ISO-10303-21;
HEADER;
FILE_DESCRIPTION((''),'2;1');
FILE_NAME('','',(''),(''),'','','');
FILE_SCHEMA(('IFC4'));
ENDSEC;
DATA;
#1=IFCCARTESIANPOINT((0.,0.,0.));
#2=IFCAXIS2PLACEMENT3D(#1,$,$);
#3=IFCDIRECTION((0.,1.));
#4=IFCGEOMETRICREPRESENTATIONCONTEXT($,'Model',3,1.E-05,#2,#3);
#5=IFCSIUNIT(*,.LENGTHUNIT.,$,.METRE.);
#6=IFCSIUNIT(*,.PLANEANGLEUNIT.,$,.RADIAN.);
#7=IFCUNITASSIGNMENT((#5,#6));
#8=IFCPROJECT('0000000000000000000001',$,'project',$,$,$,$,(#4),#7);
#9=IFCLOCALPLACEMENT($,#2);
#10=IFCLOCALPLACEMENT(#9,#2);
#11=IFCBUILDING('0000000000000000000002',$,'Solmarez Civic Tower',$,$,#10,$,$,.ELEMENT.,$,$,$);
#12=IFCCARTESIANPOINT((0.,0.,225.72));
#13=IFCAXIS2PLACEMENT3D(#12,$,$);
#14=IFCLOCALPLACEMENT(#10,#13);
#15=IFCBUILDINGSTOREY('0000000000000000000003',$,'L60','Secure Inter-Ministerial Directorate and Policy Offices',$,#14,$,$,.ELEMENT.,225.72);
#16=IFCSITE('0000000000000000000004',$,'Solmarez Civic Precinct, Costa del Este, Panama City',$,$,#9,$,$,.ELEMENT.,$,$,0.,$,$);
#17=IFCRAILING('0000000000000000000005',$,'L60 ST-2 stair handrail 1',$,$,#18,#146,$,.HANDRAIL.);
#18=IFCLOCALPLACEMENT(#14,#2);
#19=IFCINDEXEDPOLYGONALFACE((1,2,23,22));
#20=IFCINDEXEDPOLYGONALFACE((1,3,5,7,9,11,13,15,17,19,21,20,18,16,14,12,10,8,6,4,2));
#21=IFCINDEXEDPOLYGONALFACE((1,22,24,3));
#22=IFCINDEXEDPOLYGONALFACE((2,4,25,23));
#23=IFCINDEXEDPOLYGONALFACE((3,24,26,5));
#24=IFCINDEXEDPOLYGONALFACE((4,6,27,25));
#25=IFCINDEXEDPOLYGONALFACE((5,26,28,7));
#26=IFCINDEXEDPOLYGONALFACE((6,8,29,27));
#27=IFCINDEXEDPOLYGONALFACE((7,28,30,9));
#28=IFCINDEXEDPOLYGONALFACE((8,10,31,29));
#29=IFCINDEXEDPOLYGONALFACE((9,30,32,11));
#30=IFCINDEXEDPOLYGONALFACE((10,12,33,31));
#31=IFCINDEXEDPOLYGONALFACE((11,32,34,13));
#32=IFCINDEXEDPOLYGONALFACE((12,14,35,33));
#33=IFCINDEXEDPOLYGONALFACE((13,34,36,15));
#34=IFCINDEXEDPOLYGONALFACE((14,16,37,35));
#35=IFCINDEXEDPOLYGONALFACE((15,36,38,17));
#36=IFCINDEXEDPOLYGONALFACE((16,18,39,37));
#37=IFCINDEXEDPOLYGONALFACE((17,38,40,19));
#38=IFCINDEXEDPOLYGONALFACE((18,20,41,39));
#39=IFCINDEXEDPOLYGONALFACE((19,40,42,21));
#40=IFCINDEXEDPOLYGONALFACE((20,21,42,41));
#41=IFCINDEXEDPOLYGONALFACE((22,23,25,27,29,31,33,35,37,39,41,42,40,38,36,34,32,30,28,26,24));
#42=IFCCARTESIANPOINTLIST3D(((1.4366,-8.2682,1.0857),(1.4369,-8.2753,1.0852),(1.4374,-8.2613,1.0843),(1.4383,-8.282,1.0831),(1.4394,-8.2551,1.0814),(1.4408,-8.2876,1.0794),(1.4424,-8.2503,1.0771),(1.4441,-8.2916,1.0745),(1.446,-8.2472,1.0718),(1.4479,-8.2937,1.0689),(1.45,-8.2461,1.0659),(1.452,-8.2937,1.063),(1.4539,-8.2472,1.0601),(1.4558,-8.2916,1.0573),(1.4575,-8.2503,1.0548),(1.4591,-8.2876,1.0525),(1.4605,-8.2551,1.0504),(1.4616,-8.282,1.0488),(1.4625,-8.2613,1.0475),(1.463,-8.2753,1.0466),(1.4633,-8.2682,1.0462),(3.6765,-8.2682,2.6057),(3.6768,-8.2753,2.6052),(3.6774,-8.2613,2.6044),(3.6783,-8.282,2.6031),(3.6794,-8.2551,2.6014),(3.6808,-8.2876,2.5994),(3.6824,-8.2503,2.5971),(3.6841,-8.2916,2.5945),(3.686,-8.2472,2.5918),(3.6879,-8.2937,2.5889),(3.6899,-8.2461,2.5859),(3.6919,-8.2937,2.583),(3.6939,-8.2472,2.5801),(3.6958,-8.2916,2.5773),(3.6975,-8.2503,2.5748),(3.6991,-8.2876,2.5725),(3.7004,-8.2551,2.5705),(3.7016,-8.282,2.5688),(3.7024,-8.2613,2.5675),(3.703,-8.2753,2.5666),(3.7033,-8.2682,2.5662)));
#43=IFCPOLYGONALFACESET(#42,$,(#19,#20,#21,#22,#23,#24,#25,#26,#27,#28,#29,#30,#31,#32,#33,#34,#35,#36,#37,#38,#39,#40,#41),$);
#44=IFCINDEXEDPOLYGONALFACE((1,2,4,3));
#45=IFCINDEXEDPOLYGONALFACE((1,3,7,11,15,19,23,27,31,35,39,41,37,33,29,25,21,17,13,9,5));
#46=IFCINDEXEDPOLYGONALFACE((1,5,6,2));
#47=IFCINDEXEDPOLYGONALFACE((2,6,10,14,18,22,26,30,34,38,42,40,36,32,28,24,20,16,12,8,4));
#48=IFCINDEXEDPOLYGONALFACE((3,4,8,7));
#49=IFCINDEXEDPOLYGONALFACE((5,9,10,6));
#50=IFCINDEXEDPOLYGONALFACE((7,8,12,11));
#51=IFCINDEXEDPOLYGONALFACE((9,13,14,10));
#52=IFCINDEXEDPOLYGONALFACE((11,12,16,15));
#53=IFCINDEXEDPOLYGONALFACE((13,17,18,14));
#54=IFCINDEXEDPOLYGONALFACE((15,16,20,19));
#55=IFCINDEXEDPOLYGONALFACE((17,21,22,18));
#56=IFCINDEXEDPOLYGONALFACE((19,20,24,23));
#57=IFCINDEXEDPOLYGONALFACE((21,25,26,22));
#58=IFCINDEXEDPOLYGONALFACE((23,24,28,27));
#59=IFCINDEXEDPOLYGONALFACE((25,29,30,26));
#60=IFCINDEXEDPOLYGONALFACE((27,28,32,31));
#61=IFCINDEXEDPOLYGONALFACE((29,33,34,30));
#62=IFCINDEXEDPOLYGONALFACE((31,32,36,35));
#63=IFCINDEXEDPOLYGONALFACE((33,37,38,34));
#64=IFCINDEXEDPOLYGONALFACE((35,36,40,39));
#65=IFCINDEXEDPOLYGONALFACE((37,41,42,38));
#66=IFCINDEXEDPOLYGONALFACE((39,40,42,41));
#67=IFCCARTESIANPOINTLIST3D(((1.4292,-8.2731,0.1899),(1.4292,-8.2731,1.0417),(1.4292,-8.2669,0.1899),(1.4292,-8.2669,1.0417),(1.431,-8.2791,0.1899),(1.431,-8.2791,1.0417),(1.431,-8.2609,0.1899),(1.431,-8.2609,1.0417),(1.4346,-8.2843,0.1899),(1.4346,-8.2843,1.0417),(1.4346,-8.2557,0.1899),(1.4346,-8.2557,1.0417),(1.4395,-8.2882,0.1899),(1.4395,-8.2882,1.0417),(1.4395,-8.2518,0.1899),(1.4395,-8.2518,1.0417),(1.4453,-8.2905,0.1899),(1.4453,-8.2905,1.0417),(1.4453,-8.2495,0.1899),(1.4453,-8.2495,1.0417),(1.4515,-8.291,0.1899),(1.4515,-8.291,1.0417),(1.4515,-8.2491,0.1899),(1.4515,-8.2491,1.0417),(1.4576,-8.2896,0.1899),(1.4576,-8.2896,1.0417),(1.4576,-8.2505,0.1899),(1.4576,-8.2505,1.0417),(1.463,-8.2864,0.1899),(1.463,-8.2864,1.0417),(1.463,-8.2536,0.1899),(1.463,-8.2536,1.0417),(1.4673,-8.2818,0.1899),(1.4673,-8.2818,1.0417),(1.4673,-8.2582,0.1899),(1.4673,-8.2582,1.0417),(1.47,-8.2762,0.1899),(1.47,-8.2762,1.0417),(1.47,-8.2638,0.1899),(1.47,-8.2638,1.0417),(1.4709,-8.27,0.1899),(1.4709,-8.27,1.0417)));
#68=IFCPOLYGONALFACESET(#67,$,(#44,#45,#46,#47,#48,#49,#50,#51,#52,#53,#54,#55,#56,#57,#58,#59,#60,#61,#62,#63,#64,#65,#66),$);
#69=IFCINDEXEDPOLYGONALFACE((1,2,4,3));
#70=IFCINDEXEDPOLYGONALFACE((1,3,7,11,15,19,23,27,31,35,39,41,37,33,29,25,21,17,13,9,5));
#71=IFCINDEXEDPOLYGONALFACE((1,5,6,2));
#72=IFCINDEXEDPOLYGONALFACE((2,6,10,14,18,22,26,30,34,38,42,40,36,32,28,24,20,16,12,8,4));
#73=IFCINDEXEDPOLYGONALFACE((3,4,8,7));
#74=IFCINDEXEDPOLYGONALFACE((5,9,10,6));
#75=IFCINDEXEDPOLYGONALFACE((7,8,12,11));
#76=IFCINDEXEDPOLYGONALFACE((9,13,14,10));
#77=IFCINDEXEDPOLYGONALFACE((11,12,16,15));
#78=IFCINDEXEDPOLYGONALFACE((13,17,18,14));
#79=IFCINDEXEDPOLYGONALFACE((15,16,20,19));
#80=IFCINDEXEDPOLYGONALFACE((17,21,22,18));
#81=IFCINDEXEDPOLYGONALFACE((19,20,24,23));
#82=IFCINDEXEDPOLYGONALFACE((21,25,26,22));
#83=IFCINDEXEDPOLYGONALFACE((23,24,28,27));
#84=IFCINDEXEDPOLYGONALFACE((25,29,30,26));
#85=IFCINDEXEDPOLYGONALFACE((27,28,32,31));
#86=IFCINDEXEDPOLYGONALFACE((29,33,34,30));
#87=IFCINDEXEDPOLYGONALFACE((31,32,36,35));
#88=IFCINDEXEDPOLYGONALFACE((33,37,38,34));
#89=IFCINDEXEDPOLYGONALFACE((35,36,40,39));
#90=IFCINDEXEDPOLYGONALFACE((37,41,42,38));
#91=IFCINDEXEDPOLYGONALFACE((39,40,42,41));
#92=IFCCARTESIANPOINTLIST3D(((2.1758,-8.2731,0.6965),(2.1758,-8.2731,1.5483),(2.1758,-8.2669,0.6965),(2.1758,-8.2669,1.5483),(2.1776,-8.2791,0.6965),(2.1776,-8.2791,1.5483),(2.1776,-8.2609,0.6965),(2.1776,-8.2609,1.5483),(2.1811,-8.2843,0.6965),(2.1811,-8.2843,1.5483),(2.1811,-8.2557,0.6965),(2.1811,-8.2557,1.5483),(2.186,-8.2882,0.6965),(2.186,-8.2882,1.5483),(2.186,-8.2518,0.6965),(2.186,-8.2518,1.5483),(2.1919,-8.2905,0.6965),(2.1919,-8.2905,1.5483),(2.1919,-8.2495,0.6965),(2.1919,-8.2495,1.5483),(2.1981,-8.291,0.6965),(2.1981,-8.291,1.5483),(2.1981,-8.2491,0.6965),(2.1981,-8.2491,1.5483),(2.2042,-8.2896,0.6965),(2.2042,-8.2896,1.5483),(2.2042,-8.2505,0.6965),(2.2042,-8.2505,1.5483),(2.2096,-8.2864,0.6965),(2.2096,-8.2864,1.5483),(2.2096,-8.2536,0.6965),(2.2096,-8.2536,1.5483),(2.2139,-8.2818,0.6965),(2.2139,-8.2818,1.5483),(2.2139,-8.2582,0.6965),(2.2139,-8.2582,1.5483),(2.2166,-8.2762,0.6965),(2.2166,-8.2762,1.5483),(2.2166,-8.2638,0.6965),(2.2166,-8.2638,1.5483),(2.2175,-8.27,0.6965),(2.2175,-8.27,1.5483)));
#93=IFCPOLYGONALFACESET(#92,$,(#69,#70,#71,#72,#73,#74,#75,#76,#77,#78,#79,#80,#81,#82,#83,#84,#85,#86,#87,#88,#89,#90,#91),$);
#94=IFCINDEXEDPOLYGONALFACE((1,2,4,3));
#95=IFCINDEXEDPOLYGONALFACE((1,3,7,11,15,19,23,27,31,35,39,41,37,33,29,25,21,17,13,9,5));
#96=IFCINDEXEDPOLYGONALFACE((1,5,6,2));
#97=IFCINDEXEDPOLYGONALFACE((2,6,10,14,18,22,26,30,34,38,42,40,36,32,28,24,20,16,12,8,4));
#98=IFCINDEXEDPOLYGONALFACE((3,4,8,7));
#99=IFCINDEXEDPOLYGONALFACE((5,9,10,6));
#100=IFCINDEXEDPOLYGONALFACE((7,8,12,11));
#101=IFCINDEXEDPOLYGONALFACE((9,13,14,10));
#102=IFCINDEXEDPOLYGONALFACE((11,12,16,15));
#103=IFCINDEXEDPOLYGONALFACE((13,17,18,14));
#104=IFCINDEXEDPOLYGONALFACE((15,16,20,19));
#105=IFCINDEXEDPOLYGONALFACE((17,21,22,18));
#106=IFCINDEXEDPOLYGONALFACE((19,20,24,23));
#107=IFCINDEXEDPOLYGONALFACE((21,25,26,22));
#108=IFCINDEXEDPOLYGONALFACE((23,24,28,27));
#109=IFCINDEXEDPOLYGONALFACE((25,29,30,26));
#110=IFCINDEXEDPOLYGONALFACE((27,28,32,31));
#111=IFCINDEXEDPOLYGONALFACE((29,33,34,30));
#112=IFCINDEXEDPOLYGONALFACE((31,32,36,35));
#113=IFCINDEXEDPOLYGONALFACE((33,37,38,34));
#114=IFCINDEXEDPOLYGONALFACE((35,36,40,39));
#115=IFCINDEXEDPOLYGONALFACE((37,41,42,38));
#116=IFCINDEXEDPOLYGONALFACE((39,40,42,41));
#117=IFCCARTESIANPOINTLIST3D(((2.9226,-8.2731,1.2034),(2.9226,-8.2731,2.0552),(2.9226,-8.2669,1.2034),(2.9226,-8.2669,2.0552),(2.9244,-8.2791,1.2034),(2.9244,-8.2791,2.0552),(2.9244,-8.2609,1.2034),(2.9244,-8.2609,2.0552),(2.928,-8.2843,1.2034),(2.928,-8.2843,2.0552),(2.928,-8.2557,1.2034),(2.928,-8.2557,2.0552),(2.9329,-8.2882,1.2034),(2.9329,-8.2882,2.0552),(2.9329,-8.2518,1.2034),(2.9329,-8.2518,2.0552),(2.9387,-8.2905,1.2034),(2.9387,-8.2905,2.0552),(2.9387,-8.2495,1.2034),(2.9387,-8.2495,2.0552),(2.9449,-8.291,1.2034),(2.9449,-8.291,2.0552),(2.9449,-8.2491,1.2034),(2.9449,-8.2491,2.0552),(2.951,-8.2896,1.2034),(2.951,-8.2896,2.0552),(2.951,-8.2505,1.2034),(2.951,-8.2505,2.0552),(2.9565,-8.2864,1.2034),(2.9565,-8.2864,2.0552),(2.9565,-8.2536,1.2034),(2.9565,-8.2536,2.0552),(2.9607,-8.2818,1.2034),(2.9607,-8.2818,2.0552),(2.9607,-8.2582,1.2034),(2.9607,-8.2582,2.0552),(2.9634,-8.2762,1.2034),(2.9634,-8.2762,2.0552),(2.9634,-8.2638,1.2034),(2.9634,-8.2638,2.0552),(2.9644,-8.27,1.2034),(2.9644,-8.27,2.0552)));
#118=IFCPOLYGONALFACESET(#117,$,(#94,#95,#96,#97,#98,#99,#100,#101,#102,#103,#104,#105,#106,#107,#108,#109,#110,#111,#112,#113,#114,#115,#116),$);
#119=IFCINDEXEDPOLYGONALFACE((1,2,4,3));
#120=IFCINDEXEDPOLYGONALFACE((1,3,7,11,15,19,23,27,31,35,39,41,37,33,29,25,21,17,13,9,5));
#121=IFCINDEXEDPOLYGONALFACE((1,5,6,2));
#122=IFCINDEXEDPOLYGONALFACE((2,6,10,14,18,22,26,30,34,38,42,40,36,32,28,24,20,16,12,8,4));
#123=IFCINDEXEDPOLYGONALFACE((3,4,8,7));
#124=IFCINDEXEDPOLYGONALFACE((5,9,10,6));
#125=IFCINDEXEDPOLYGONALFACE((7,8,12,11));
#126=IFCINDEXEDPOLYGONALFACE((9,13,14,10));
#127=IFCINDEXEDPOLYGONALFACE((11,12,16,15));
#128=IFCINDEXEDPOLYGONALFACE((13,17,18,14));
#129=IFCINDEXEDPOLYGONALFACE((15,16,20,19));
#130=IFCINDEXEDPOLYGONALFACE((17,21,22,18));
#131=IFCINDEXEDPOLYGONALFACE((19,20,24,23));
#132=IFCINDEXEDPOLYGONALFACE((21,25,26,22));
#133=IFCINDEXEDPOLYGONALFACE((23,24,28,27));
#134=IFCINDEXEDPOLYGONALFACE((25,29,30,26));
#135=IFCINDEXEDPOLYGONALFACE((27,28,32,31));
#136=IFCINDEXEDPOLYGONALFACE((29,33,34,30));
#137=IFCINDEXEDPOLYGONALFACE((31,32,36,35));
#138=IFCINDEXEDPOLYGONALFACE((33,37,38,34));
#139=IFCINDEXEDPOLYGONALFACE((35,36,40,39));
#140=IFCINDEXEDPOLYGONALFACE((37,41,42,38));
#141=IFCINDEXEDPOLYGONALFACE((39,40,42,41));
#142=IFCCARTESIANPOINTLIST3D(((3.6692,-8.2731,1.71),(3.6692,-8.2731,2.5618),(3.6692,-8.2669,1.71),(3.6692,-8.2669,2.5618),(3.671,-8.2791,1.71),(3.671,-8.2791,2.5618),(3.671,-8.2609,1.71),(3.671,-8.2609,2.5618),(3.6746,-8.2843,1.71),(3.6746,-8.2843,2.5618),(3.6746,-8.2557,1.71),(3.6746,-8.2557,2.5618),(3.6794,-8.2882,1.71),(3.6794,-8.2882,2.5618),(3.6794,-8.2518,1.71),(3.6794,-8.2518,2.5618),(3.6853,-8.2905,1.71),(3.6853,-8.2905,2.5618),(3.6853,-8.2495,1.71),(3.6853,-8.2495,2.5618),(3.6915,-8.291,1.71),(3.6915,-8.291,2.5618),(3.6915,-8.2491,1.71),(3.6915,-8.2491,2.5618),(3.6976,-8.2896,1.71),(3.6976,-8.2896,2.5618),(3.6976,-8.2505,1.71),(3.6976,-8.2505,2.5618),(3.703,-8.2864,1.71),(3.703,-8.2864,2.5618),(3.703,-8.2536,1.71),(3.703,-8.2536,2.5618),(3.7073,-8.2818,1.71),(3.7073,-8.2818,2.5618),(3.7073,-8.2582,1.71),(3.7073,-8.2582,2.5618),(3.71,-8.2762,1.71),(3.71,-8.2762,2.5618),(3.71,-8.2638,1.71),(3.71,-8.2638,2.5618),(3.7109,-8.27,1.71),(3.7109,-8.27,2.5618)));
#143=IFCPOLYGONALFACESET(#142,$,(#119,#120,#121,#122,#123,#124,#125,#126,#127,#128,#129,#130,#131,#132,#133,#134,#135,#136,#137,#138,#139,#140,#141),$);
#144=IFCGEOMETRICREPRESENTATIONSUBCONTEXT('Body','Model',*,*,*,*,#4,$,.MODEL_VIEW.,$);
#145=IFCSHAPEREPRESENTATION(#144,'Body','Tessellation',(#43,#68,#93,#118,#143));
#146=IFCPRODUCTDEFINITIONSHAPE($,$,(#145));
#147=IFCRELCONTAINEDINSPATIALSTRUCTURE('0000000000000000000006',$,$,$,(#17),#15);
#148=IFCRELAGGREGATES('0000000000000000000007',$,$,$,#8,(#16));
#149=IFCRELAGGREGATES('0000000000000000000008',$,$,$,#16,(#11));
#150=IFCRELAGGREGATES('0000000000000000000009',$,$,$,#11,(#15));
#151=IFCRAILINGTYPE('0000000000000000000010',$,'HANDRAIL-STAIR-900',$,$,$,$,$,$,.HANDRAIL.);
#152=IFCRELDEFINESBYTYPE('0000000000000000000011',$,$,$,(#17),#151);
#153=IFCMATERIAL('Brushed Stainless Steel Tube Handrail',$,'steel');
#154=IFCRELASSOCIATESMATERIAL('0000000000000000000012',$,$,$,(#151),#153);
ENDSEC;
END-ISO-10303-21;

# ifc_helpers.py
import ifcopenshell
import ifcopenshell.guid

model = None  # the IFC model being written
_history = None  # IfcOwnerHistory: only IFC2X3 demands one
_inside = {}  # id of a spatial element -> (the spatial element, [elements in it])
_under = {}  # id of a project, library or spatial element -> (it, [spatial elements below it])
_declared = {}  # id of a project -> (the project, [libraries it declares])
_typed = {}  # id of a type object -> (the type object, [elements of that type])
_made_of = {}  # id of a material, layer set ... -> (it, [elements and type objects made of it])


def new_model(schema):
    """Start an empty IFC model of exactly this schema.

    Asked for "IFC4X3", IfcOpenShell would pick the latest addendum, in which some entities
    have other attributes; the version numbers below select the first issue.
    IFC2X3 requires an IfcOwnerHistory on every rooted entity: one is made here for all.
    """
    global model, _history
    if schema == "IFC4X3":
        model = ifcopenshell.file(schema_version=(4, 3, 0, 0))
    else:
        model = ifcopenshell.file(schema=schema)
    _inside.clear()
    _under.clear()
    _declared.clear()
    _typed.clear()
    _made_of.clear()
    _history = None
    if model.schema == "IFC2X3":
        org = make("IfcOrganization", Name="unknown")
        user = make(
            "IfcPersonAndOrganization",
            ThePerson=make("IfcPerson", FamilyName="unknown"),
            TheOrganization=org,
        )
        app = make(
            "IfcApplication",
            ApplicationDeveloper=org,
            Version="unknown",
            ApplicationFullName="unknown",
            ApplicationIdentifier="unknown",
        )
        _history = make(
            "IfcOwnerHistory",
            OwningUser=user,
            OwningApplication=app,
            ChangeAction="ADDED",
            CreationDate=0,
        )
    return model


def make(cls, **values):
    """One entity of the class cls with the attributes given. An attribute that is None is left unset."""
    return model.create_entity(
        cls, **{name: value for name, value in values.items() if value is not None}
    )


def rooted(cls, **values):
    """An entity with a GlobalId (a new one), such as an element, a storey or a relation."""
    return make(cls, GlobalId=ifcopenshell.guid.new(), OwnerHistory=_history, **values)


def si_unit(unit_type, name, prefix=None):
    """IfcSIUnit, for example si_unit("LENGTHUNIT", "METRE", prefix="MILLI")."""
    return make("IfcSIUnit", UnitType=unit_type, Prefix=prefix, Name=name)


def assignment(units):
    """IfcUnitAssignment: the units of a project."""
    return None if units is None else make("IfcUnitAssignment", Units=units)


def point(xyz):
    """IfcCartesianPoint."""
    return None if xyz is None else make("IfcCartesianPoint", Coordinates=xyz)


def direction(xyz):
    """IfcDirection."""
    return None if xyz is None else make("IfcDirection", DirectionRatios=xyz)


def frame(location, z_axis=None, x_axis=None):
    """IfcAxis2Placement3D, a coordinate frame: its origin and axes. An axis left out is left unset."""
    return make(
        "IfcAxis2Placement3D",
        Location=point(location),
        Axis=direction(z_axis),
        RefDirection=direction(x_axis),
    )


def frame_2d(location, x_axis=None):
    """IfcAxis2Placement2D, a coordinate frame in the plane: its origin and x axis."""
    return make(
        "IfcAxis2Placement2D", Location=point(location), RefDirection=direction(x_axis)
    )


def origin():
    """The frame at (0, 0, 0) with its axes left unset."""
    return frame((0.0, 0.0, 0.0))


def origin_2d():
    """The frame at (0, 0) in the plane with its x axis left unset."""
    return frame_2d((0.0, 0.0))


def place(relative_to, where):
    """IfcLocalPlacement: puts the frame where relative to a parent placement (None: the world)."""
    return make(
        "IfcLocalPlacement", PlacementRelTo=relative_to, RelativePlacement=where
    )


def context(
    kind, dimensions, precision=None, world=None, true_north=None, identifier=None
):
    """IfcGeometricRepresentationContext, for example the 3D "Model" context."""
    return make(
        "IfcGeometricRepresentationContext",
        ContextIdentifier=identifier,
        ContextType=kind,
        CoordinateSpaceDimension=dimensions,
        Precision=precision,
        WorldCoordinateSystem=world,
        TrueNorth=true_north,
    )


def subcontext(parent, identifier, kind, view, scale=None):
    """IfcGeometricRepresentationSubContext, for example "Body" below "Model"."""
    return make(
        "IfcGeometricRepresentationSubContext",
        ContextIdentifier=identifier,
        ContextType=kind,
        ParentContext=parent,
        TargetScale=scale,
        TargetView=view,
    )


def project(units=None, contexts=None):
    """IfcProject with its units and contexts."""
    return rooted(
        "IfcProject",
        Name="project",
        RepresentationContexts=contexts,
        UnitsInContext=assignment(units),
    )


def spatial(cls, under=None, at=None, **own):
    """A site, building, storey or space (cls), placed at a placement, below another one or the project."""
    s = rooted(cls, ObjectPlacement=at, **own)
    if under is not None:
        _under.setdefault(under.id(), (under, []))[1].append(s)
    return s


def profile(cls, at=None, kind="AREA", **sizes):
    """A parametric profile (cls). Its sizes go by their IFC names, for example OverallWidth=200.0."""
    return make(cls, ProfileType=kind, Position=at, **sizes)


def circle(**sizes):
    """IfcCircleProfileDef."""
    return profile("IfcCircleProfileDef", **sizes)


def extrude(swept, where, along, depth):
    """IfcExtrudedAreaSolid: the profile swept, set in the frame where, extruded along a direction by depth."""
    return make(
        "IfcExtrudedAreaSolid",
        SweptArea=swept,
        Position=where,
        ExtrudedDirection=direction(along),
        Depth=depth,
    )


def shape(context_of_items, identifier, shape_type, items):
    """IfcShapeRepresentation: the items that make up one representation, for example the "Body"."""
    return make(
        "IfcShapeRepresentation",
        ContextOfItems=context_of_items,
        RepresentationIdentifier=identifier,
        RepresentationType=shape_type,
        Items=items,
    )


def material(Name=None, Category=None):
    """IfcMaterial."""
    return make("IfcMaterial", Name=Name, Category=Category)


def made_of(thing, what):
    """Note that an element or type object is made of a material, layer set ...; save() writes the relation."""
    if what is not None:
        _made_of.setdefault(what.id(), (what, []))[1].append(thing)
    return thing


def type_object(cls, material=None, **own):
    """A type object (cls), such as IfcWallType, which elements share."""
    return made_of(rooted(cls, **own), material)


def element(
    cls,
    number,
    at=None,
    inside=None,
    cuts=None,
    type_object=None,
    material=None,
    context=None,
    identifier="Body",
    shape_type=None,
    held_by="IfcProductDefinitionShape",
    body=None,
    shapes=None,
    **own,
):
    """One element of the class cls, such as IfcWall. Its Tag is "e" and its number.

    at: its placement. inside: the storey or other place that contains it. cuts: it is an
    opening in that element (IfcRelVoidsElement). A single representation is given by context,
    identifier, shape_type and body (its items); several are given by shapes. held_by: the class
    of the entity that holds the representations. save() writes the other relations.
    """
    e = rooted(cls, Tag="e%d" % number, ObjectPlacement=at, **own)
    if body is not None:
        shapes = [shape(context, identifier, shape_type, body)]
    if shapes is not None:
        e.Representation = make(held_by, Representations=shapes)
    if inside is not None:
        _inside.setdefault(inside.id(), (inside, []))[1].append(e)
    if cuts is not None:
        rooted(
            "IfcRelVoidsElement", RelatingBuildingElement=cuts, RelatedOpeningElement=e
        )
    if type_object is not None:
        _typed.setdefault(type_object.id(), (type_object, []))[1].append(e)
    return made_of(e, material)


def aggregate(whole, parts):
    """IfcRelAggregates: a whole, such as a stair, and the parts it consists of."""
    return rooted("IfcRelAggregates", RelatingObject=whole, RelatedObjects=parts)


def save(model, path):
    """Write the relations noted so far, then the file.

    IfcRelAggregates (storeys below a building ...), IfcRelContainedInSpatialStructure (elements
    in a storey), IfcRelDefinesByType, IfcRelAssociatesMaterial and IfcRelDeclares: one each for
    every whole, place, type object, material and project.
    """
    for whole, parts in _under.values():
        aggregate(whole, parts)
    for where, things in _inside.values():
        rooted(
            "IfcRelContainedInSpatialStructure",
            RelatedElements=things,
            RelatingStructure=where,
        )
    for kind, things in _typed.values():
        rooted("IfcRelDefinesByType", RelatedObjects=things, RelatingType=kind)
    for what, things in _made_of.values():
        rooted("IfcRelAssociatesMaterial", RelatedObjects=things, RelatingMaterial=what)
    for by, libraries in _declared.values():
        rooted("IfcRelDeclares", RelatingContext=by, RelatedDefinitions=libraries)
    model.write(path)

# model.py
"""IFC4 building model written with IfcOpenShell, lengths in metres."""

from ifc_helpers import new_model, si_unit, direction, frame, origin, origin_2d, place, context, subcontext, project, spatial, circle, extrude, material, type_object, element, save


model = new_model("IFC4")

# Units and contexts
model_context = context("Model", 3, precision=1e-05, world=origin(), true_north=direction((0.0, 1.0)))
body_context = subcontext(model_context, "Body", "Model", "MODEL_VIEW")
ifc_project = project(units=[si_unit("LENGTHUNIT", "METRE"), si_unit("PLANEANGLEUNIT", "RADIAN")], contexts=[model_context])

# Site, building, storey
site_placement = place(None, origin())
site = spatial("IfcSite", under=ifc_project, at=site_placement, Name="Solmarez Civic Precinct, Costa del Este, Panama City", CompositionType="ELEMENT", RefElevation=0.0)
building_placement = place(site_placement, origin())
building = spatial("IfcBuilding", under=site, at=building_placement, Name="Solmarez Civic Tower", CompositionType="ELEMENT")
storey_placement = place(building_placement, frame((0.0, 0.0, 225.72)))
storey = spatial("IfcBuildingStorey", under=building, at=storey_placement, Name="L60", Description="Secure Inter-Ministerial Directorate and Policy Offices", CompositionType="ELEMENT", Elevation=225.72)

# Railing
ifc_material_1 = material(Name="Brushed Stainless Steel Tube Handrail", Category="steel")
railing_type_1 = type_object("IfcRailingType", Name="HANDRAIL-STAIR-900", PredefinedType="HANDRAIL", material=ifc_material_1)
railing_1_placement = place(storey_placement, frame((1.45, -8.27, 0.1899)))
element("IfcRailing", 1, at=railing_1_placement, inside=storey, type_object=railing_type_1, Name="L60 ST-2 stair handrail 1", PredefinedType="HANDRAIL", context=body_context, shape_type="SweptSolid", body=[
    extrude(circle(Radius=0.0239, at=origin_2d()), frame((0.0, 0.0, 0.876), z_axis=(0.827471, 0.0, 0.561508), x_axis=(0.0, 1.0, 0.0)), (0.0, 0.0, 1.0), 2.707),
    extrude(circle(Radius=0.021, at=origin_2d()), origin(), (0.0, 0.0, 1.0), 0.8518),
    extrude(circle(Radius=0.021, at=origin_2d()), frame((0.7466, 0.0, 0.5066)), (0.0, 0.0, 1.0), 0.8518),
    extrude(circle(Radius=0.021, at=origin_2d()), frame((1.4934, 0.0, 1.0134)), (0.0, 0.0, 1.0), 0.8518),
    extrude(circle(Radius=0.021, at=origin_2d()), frame((2.24, 0.0, 1.52)), (0.0, 0.0, 1.0), 0.8518),
])

save(model, "model.ifc")
